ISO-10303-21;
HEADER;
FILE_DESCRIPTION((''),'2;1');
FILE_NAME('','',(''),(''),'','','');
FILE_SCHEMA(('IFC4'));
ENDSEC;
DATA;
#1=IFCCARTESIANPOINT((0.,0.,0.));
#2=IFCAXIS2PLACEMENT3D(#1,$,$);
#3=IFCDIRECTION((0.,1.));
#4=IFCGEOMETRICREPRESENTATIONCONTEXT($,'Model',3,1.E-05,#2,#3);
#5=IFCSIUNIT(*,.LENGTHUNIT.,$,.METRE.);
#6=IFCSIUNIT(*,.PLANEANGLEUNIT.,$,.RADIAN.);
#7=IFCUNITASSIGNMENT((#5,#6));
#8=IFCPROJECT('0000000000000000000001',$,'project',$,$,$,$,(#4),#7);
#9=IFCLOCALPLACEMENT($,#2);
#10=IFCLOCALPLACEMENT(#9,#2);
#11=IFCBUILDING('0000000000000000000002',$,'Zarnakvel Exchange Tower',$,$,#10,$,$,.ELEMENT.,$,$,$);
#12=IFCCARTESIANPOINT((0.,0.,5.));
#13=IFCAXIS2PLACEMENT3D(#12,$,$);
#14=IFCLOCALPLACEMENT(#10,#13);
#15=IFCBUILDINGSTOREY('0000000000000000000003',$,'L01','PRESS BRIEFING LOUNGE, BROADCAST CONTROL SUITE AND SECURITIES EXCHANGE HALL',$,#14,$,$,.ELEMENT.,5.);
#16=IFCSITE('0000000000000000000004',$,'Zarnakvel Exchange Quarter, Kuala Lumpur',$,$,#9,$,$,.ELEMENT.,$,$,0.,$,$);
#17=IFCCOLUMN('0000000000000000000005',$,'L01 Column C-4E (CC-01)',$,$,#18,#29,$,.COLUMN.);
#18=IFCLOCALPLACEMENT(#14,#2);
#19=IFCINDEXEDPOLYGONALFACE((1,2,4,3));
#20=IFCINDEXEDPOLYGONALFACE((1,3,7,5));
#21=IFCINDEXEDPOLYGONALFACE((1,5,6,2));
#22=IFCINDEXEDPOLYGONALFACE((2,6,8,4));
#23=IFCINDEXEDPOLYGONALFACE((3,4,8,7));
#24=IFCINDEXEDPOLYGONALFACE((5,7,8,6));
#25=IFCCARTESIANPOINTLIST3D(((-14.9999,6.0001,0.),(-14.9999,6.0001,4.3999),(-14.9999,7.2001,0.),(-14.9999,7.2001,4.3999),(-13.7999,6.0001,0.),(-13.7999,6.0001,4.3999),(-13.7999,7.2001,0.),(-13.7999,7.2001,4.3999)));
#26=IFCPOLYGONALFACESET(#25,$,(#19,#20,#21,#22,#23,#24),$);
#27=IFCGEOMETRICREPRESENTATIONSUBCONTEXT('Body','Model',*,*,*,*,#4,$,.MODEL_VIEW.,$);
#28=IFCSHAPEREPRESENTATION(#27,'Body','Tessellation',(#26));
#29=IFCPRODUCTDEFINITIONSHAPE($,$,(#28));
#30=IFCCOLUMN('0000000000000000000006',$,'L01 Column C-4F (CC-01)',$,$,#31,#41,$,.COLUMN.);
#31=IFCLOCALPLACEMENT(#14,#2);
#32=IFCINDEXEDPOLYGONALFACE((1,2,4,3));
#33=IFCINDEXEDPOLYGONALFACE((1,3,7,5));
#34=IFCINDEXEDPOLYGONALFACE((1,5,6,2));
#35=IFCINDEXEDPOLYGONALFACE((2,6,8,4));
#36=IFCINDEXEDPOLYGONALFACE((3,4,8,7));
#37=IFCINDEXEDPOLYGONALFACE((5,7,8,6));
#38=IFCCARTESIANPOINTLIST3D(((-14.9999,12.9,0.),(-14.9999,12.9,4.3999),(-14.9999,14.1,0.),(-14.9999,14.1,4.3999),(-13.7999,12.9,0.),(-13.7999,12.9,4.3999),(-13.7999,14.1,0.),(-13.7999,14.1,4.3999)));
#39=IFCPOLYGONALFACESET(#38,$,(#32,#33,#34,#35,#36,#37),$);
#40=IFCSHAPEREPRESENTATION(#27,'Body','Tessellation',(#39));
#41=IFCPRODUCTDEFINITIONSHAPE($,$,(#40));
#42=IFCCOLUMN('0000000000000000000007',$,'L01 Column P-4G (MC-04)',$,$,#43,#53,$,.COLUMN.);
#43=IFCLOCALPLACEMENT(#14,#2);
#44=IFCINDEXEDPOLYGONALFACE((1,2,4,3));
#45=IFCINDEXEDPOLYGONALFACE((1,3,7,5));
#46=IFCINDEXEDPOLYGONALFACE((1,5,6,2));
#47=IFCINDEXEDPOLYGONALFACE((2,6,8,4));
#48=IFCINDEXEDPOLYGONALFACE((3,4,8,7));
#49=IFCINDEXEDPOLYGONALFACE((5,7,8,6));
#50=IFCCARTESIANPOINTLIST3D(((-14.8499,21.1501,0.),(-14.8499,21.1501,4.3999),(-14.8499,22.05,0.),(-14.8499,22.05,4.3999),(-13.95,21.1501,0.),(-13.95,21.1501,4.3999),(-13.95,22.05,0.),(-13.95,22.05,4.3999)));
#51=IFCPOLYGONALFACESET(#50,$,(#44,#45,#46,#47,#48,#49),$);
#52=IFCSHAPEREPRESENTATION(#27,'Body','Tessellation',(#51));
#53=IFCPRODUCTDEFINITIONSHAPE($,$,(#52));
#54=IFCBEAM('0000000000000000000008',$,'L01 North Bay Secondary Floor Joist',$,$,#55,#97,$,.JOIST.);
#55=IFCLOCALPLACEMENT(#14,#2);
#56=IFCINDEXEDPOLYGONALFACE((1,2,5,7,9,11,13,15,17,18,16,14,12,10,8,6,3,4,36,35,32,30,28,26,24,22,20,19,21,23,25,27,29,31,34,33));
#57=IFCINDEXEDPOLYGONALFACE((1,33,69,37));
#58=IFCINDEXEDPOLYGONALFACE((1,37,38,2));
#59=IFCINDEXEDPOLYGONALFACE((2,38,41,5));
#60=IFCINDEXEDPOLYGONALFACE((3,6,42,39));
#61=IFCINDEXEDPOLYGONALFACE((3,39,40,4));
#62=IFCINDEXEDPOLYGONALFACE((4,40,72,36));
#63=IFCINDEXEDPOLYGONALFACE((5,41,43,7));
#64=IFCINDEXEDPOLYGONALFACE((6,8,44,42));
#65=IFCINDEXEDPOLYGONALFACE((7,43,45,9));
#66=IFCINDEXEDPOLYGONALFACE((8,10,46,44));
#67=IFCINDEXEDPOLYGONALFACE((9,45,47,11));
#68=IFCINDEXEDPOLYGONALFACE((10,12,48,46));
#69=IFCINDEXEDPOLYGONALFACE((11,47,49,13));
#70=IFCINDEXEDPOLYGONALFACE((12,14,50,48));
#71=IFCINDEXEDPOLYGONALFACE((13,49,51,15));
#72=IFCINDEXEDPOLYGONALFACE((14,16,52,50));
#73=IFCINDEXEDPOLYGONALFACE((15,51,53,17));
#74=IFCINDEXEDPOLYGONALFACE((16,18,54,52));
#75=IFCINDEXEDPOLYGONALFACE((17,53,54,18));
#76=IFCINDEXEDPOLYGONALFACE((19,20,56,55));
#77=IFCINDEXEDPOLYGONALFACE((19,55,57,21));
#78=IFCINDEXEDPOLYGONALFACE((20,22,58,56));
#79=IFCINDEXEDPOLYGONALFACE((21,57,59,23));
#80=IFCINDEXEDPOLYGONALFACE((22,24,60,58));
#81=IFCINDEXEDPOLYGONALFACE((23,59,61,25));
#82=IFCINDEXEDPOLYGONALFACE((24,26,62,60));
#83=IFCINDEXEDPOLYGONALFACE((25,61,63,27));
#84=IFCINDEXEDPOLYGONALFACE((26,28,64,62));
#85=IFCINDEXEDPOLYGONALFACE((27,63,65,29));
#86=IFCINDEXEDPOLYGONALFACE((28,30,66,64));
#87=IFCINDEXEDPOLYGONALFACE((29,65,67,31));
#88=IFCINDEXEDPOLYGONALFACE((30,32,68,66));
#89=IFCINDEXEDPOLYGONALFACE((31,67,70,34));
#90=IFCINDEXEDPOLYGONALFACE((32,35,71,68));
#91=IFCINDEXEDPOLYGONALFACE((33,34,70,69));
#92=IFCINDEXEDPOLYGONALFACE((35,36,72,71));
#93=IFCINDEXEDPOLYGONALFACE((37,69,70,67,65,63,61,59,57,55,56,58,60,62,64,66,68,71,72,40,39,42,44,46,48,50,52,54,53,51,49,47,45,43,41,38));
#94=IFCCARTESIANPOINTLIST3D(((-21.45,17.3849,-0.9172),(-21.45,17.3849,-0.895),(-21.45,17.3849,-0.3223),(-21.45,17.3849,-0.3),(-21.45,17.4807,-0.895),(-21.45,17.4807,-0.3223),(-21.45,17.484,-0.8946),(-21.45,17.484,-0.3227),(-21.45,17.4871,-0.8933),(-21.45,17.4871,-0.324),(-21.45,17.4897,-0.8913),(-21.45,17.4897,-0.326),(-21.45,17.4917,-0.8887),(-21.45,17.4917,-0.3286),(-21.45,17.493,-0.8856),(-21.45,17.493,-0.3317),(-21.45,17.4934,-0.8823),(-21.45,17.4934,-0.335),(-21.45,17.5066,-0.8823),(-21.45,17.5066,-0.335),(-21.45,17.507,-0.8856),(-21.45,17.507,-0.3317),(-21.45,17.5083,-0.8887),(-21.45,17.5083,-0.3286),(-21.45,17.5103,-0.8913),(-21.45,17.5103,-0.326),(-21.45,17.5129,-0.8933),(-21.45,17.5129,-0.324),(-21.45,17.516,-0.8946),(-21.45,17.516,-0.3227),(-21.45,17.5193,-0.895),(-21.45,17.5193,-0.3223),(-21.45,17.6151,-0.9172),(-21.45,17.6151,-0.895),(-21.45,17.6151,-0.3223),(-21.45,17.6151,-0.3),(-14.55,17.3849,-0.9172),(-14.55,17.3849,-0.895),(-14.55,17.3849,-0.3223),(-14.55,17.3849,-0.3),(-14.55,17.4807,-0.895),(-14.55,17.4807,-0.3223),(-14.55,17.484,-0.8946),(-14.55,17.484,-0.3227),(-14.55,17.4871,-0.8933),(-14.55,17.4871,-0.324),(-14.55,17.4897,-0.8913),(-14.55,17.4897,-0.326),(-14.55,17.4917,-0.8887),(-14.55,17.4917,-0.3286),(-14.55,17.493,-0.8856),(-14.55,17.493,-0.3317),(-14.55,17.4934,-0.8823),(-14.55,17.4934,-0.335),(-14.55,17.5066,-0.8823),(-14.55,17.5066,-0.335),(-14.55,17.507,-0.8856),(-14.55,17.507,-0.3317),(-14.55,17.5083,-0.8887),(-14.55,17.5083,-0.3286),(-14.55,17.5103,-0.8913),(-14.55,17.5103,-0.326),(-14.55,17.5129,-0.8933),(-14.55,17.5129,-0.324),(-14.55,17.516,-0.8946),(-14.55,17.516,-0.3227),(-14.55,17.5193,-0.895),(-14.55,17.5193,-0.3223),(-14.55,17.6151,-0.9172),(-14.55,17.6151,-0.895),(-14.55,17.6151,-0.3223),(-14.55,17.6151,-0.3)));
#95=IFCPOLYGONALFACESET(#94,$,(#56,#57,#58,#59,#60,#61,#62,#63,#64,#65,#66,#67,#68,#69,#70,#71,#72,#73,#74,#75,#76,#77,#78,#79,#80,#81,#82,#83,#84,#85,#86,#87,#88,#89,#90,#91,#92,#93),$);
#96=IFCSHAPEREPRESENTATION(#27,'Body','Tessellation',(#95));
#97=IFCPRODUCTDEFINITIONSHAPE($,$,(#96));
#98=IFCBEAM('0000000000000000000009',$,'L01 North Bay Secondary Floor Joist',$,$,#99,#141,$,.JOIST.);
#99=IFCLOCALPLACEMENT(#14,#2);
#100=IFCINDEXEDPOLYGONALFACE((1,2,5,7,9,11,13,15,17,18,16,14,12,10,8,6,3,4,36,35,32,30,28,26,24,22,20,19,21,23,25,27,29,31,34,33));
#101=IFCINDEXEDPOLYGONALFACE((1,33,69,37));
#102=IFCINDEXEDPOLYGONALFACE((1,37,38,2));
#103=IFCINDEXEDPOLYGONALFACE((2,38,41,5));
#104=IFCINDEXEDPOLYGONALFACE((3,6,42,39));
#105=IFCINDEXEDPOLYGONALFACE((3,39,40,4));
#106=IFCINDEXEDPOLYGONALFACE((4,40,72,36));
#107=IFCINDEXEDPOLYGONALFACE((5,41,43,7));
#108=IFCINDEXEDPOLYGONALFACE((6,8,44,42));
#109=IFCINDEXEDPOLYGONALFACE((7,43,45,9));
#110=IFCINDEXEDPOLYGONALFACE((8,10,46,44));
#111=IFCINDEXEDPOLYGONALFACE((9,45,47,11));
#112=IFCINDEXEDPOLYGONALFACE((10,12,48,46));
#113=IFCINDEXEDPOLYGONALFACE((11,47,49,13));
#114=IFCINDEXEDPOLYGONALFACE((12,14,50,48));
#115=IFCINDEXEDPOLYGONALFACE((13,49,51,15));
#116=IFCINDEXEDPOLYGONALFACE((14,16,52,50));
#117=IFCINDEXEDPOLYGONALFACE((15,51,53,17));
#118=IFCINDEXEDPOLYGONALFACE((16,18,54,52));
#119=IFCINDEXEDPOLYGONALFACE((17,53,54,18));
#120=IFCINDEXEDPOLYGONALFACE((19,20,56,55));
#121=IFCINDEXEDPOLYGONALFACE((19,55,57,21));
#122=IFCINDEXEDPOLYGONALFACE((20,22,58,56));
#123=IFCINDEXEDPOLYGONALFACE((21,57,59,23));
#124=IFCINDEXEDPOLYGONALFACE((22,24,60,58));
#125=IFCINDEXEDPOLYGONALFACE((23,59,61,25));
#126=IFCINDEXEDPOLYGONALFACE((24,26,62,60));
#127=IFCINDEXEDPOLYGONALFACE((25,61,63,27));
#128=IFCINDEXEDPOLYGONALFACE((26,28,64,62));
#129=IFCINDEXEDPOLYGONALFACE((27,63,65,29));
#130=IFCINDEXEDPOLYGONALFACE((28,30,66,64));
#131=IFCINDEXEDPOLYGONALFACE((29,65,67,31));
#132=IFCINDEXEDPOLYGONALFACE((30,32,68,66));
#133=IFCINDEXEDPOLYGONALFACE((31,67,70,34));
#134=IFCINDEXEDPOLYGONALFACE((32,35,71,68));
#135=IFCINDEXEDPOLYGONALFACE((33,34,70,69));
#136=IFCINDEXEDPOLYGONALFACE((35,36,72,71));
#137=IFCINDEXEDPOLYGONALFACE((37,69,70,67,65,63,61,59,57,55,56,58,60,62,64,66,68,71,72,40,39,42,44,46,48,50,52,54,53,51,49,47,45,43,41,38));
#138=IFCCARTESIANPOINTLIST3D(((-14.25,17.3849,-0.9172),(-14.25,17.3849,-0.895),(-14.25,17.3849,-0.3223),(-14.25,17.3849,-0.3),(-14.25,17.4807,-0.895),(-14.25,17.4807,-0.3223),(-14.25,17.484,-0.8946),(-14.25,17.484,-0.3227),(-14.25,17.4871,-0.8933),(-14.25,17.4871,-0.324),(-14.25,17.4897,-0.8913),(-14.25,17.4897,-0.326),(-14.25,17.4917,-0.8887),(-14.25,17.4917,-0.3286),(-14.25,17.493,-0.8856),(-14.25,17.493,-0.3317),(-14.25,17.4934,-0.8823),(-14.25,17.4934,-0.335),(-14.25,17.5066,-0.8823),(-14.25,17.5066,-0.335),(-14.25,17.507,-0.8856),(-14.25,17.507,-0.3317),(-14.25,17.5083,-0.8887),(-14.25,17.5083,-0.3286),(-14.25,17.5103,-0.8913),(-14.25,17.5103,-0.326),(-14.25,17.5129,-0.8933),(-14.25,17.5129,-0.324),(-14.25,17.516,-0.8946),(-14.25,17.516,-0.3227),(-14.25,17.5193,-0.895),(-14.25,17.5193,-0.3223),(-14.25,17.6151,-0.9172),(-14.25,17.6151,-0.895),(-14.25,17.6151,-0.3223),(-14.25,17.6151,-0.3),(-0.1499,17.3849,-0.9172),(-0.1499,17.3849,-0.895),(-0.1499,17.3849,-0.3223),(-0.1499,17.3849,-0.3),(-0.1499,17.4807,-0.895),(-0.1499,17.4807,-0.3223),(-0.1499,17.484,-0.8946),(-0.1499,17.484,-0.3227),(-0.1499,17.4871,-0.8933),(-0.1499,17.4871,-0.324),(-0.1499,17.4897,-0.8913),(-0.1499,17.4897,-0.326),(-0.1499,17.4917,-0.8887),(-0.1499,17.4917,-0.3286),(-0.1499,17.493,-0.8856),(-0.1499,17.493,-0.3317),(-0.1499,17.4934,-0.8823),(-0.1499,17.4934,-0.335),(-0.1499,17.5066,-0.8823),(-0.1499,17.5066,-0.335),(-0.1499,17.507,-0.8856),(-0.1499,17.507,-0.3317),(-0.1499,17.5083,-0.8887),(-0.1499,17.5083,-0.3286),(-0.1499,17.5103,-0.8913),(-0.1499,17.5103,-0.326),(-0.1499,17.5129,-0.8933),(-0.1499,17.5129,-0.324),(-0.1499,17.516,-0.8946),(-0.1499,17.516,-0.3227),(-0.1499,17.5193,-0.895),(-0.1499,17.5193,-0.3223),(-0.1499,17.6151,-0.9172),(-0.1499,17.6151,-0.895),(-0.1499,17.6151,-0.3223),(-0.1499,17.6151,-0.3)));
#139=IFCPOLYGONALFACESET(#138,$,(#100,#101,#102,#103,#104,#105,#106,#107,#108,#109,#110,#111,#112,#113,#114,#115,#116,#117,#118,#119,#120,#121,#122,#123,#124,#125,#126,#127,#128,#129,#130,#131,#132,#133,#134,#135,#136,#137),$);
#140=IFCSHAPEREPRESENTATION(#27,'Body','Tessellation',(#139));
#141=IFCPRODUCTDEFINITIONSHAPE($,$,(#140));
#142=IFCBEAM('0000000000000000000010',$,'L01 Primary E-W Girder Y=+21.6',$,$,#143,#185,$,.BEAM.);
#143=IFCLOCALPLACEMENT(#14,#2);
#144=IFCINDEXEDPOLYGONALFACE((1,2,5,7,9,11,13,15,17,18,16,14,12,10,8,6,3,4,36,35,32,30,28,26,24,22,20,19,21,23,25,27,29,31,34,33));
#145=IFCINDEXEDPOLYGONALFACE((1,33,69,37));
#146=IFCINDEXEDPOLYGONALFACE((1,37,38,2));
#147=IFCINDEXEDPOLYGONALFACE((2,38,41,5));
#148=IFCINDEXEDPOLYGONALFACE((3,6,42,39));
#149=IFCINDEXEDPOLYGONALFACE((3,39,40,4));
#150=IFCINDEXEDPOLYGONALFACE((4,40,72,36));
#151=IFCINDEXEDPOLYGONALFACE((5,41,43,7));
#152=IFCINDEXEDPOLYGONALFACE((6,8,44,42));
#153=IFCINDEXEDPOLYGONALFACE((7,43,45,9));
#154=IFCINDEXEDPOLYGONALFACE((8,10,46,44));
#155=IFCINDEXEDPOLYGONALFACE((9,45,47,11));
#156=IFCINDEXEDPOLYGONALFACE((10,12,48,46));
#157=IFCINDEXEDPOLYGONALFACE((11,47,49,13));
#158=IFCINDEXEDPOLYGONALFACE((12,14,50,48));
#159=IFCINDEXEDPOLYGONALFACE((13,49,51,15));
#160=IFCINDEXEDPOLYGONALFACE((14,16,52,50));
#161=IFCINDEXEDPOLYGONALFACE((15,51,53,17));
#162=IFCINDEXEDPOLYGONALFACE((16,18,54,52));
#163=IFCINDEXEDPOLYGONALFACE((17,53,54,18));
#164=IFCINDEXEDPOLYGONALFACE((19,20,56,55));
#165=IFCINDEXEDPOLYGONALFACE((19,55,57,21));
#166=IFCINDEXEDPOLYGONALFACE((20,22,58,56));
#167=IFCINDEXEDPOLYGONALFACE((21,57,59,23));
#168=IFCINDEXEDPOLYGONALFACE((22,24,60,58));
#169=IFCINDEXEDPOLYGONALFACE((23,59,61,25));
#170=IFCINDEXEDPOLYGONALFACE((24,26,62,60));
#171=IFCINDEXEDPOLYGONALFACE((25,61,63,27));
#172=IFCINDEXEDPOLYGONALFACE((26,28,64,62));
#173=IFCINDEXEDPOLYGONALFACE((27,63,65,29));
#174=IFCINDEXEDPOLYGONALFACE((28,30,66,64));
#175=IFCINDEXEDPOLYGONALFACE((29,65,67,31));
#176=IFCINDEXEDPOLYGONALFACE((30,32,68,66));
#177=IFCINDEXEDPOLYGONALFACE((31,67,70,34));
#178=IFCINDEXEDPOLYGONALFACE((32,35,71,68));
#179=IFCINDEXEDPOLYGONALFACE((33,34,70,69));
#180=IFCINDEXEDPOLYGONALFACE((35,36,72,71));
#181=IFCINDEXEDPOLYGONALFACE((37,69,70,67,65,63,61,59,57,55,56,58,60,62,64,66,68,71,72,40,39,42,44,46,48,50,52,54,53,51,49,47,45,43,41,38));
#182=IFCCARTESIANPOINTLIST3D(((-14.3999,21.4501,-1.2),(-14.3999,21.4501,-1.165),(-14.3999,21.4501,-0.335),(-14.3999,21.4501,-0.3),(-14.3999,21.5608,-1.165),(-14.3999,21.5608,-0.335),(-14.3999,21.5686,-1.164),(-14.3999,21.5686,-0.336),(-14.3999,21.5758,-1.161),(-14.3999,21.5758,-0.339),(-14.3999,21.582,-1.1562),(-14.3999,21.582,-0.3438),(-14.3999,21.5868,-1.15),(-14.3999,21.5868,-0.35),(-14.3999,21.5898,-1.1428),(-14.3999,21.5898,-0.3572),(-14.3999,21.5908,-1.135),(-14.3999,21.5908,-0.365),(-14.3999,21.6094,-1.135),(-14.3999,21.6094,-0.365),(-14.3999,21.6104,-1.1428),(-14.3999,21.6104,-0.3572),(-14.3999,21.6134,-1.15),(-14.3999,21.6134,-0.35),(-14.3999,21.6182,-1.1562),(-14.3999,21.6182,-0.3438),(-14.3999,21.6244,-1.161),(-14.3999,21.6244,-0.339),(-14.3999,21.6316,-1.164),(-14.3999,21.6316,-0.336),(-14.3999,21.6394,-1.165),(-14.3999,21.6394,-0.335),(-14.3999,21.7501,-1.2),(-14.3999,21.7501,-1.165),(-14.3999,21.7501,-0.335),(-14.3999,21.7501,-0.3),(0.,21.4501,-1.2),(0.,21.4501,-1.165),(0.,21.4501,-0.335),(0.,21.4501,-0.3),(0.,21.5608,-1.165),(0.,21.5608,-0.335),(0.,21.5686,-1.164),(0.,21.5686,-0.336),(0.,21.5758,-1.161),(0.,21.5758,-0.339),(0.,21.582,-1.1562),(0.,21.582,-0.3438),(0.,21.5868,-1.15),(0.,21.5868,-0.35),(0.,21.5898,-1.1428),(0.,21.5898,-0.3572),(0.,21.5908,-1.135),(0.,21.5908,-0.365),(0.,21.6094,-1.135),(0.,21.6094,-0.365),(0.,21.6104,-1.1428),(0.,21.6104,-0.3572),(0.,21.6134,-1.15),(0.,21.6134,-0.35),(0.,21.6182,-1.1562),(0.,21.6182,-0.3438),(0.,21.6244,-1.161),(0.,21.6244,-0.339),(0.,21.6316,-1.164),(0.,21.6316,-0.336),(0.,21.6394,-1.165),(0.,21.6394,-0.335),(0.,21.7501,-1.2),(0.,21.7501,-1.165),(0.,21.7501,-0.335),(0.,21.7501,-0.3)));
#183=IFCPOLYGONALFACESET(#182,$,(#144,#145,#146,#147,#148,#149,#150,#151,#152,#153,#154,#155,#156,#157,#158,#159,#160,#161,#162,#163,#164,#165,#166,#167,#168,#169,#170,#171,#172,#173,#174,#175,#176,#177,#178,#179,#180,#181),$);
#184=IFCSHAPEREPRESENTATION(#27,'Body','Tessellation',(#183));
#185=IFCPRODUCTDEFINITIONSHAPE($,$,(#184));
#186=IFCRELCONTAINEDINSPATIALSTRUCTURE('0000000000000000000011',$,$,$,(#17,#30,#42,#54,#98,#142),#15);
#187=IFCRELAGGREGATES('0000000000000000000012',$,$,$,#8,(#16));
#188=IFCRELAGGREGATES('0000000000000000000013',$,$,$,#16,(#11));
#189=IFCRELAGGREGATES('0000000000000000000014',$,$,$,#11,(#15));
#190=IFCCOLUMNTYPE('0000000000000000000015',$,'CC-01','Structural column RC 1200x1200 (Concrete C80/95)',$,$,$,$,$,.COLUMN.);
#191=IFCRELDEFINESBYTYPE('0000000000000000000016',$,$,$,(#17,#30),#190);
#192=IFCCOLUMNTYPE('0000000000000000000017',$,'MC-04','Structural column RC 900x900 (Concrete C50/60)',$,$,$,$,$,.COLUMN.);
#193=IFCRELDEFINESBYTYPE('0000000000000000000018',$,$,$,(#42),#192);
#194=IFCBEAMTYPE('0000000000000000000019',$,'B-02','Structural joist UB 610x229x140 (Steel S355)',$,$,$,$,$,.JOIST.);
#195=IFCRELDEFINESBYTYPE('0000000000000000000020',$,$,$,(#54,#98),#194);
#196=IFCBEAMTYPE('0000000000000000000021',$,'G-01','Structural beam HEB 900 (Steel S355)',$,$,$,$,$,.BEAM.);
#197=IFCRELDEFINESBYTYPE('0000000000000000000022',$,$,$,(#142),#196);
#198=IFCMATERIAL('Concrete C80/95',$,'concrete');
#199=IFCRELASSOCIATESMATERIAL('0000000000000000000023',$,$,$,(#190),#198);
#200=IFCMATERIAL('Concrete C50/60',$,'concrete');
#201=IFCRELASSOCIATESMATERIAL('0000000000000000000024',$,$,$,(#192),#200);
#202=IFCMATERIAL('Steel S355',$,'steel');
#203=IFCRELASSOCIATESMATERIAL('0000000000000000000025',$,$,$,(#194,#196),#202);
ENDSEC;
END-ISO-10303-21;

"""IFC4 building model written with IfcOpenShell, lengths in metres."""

from ifc_helpers import new_model, si_unit, direction, frame, origin, origin_2d, place, context, subcontext, project, spatial, rectangle, i_section, extrude, material, material_profile, profile_set, type_object, element, save


model = new_model("IFC4")

# Units and contexts
model_context = context("Model", 3, precision=1e-05, world=origin(), true_north=direction((0.0, 1.0)))
body_context = subcontext(model_context, "Body", "Model", "MODEL_VIEW")
ifc_project = project(units=[si_unit("LENGTHUNIT", "METRE"), si_unit("PLANEANGLEUNIT", "RADIAN")], contexts=[model_context])

# Site, building, storey
site_placement = place(None, origin())
site = spatial("IfcSite", under=ifc_project, at=site_placement, Name="Zarnakvel Exchange Quarter, Kuala Lumpur", CompositionType="ELEMENT", RefElevation=0.0)
building_placement = place(site_placement, origin())
building = spatial("IfcBuilding", under=site, at=building_placement, Name="Zarnakvel Exchange Tower", CompositionType="ELEMENT")
storey_placement = place(building_placement, frame((0.0, 0.0, 5.0)))
storey = spatial("IfcBuildingStorey", under=building, at=storey_placement, Name="L01", Description="PRESS BRIEFING LOUNGE, BROADCAST CONTROL SUITE AND SECURITIES EXCHANGE HALL", CompositionType="ELEMENT", Elevation=5.0)

# Columns
ifc_material_1 = material(Name="Concrete C80/95", Category="concrete")
ifc_material_profile_1 = material_profile(ifc_material_1, rectangle(XDim=1.2, YDim=1.2, at=origin_2d()))
ifc_profile_set_1 = profile_set([ifc_material_profile_1], Name="Concrete C80/95")
column_type_1 = type_object("IfcColumnType", Name="CC-01", Description="Structural column RC 1200x1200 (Concrete C80/95)", PredefinedType="COLUMN", material=ifc_profile_set_1)
for number, where, z_axis, x_axis, name in (
    (1, (-14.3999, 6.6001, 0.0), (0.0, 0.0, 1.0), (1.0, 0.0, 0.0), "L01 Column C-4E (CC-01)"),
    (2, (-14.3999, 13.5, 0.0), (0.0, 0.0, 1.0), (1.0, 0.0, 0.0), "L01 Column C-4F (CC-01)"),
):
    element("IfcColumn", number, at=place(storey_placement, frame(where, z_axis=z_axis, x_axis=x_axis)), inside=storey, type_object=column_type_1, Name=name, PredefinedType="COLUMN", context=body_context, shape_type="SweptSolid", body=[
        extrude(rectangle(XDim=1.2, YDim=1.2, at=origin_2d()), origin(), (0.0, 0.0, 1.0), 4.3999),
    ])
ifc_material_2 = material(Name="Concrete C50/60", Category="concrete")
ifc_material_profile_2 = material_profile(ifc_material_2, rectangle(XDim=0.8999, YDim=0.8999, at=origin_2d()))
ifc_profile_set_2 = profile_set([ifc_material_profile_2], Name="Concrete C50/60")
column_type_2 = type_object("IfcColumnType", Name="MC-04", Description="Structural column RC 900x900 (Concrete C50/60)", PredefinedType="COLUMN", material=ifc_profile_set_2)
column_placement = place(storey_placement, frame((-14.3999, 21.6001, 0.0), z_axis=(0.0, 0.0, 1.0), x_axis=(1.0, 0.0, 0.0)))
element("IfcColumn", 3, at=column_placement, inside=storey, type_object=column_type_2, Name="L01 Column P-4G (MC-04)", PredefinedType="COLUMN", context=body_context, shape_type="SweptSolid", body=[
    extrude(rectangle(XDim=0.8999, YDim=0.8999, at=origin_2d()), origin(), (0.0, 0.0, 1.0), 4.3999),
])

# Beams
ifc_material_3 = material(Name="Steel S355", Category="steel")
ifc_material_profile_3 = material_profile(ifc_material_3, i_section(OverallWidth=0.2302, OverallDepth=0.6172, WebThickness=0.0132, FlangeThickness=0.0222, FilletRadius=0.0127, at=origin_2d()))
ifc_profile_set_3 = profile_set([ifc_material_profile_3], Name="Steel S355")
beam_type_1 = type_object("IfcBeamType", Name="B-02", Description="Structural joist UB 610x229x140 (Steel S355)", PredefinedType="JOIST", material=ifc_profile_set_3)
beam_1_placement = place(storey_placement, frame((-21.45, 17.5, -0.6086), z_axis=(1.0, 0.0, 0.0), x_axis=(0.0, 1.0, 0.0)))
element("IfcBeam", 4, at=beam_1_placement, inside=storey, type_object=beam_type_1, Name="L01 North Bay Secondary Floor Joist", PredefinedType="JOIST", context=body_context, shape_type="SweptSolid", body=[
    extrude(i_section(OverallWidth=0.2302, OverallDepth=0.6172, WebThickness=0.0132, FlangeThickness=0.0222, FilletRadius=0.0127, at=origin_2d()), origin(), (0.0, 0.0, 1.0), 6.8999),
])
beam_2_placement = place(storey_placement, frame((-14.25, 17.5, -0.6086), z_axis=(1.0, 0.0, 0.0), x_axis=(0.0, 1.0, 0.0)))
element("IfcBeam", 5, at=beam_2_placement, inside=storey, type_object=beam_type_1, Name="L01 North Bay Secondary Floor Joist", PredefinedType="JOIST", context=body_context, shape_type="SweptSolid", body=[
    extrude(i_section(OverallWidth=0.2302, OverallDepth=0.6172, WebThickness=0.0132, FlangeThickness=0.0222, FilletRadius=0.0127, at=origin_2d()), origin(), (0.0, 0.0, 1.0), 14.1001),
])
ifc_material_profile_4 = material_profile(ifc_material_3, i_section(OverallWidth=0.3, OverallDepth=0.8999, WebThickness=0.0186, FlangeThickness=0.0349, FilletRadius=0.03, at=origin_2d()))
ifc_profile_set_4 = profile_set([ifc_material_profile_4], Name="Steel S355")
beam_type_2 = type_object("IfcBeamType", Name="G-01", Description="Structural beam HEB 900 (Steel S355)", PredefinedType="BEAM", material=ifc_profile_set_4)
beam_3_placement = place(storey_placement, frame((-14.3999, 21.6001, -0.75), z_axis=(1.0, 0.0, 0.0), x_axis=(0.0, 1.0, 0.0)))
element("IfcBeam", 6, at=beam_3_placement, inside=storey, type_object=beam_type_2, Name="L01 Primary E-W Girder Y=+21.6", PredefinedType="BEAM", context=body_context, shape_type="SweptSolid", body=[
    extrude(i_section(OverallWidth=0.3, OverallDepth=0.8999, WebThickness=0.0186, FlangeThickness=0.0349, FilletRadius=0.03, at=origin_2d()), origin(), (0.0, 0.0, 1.0), 14.3999),
])

save(model, "model.ifc")
